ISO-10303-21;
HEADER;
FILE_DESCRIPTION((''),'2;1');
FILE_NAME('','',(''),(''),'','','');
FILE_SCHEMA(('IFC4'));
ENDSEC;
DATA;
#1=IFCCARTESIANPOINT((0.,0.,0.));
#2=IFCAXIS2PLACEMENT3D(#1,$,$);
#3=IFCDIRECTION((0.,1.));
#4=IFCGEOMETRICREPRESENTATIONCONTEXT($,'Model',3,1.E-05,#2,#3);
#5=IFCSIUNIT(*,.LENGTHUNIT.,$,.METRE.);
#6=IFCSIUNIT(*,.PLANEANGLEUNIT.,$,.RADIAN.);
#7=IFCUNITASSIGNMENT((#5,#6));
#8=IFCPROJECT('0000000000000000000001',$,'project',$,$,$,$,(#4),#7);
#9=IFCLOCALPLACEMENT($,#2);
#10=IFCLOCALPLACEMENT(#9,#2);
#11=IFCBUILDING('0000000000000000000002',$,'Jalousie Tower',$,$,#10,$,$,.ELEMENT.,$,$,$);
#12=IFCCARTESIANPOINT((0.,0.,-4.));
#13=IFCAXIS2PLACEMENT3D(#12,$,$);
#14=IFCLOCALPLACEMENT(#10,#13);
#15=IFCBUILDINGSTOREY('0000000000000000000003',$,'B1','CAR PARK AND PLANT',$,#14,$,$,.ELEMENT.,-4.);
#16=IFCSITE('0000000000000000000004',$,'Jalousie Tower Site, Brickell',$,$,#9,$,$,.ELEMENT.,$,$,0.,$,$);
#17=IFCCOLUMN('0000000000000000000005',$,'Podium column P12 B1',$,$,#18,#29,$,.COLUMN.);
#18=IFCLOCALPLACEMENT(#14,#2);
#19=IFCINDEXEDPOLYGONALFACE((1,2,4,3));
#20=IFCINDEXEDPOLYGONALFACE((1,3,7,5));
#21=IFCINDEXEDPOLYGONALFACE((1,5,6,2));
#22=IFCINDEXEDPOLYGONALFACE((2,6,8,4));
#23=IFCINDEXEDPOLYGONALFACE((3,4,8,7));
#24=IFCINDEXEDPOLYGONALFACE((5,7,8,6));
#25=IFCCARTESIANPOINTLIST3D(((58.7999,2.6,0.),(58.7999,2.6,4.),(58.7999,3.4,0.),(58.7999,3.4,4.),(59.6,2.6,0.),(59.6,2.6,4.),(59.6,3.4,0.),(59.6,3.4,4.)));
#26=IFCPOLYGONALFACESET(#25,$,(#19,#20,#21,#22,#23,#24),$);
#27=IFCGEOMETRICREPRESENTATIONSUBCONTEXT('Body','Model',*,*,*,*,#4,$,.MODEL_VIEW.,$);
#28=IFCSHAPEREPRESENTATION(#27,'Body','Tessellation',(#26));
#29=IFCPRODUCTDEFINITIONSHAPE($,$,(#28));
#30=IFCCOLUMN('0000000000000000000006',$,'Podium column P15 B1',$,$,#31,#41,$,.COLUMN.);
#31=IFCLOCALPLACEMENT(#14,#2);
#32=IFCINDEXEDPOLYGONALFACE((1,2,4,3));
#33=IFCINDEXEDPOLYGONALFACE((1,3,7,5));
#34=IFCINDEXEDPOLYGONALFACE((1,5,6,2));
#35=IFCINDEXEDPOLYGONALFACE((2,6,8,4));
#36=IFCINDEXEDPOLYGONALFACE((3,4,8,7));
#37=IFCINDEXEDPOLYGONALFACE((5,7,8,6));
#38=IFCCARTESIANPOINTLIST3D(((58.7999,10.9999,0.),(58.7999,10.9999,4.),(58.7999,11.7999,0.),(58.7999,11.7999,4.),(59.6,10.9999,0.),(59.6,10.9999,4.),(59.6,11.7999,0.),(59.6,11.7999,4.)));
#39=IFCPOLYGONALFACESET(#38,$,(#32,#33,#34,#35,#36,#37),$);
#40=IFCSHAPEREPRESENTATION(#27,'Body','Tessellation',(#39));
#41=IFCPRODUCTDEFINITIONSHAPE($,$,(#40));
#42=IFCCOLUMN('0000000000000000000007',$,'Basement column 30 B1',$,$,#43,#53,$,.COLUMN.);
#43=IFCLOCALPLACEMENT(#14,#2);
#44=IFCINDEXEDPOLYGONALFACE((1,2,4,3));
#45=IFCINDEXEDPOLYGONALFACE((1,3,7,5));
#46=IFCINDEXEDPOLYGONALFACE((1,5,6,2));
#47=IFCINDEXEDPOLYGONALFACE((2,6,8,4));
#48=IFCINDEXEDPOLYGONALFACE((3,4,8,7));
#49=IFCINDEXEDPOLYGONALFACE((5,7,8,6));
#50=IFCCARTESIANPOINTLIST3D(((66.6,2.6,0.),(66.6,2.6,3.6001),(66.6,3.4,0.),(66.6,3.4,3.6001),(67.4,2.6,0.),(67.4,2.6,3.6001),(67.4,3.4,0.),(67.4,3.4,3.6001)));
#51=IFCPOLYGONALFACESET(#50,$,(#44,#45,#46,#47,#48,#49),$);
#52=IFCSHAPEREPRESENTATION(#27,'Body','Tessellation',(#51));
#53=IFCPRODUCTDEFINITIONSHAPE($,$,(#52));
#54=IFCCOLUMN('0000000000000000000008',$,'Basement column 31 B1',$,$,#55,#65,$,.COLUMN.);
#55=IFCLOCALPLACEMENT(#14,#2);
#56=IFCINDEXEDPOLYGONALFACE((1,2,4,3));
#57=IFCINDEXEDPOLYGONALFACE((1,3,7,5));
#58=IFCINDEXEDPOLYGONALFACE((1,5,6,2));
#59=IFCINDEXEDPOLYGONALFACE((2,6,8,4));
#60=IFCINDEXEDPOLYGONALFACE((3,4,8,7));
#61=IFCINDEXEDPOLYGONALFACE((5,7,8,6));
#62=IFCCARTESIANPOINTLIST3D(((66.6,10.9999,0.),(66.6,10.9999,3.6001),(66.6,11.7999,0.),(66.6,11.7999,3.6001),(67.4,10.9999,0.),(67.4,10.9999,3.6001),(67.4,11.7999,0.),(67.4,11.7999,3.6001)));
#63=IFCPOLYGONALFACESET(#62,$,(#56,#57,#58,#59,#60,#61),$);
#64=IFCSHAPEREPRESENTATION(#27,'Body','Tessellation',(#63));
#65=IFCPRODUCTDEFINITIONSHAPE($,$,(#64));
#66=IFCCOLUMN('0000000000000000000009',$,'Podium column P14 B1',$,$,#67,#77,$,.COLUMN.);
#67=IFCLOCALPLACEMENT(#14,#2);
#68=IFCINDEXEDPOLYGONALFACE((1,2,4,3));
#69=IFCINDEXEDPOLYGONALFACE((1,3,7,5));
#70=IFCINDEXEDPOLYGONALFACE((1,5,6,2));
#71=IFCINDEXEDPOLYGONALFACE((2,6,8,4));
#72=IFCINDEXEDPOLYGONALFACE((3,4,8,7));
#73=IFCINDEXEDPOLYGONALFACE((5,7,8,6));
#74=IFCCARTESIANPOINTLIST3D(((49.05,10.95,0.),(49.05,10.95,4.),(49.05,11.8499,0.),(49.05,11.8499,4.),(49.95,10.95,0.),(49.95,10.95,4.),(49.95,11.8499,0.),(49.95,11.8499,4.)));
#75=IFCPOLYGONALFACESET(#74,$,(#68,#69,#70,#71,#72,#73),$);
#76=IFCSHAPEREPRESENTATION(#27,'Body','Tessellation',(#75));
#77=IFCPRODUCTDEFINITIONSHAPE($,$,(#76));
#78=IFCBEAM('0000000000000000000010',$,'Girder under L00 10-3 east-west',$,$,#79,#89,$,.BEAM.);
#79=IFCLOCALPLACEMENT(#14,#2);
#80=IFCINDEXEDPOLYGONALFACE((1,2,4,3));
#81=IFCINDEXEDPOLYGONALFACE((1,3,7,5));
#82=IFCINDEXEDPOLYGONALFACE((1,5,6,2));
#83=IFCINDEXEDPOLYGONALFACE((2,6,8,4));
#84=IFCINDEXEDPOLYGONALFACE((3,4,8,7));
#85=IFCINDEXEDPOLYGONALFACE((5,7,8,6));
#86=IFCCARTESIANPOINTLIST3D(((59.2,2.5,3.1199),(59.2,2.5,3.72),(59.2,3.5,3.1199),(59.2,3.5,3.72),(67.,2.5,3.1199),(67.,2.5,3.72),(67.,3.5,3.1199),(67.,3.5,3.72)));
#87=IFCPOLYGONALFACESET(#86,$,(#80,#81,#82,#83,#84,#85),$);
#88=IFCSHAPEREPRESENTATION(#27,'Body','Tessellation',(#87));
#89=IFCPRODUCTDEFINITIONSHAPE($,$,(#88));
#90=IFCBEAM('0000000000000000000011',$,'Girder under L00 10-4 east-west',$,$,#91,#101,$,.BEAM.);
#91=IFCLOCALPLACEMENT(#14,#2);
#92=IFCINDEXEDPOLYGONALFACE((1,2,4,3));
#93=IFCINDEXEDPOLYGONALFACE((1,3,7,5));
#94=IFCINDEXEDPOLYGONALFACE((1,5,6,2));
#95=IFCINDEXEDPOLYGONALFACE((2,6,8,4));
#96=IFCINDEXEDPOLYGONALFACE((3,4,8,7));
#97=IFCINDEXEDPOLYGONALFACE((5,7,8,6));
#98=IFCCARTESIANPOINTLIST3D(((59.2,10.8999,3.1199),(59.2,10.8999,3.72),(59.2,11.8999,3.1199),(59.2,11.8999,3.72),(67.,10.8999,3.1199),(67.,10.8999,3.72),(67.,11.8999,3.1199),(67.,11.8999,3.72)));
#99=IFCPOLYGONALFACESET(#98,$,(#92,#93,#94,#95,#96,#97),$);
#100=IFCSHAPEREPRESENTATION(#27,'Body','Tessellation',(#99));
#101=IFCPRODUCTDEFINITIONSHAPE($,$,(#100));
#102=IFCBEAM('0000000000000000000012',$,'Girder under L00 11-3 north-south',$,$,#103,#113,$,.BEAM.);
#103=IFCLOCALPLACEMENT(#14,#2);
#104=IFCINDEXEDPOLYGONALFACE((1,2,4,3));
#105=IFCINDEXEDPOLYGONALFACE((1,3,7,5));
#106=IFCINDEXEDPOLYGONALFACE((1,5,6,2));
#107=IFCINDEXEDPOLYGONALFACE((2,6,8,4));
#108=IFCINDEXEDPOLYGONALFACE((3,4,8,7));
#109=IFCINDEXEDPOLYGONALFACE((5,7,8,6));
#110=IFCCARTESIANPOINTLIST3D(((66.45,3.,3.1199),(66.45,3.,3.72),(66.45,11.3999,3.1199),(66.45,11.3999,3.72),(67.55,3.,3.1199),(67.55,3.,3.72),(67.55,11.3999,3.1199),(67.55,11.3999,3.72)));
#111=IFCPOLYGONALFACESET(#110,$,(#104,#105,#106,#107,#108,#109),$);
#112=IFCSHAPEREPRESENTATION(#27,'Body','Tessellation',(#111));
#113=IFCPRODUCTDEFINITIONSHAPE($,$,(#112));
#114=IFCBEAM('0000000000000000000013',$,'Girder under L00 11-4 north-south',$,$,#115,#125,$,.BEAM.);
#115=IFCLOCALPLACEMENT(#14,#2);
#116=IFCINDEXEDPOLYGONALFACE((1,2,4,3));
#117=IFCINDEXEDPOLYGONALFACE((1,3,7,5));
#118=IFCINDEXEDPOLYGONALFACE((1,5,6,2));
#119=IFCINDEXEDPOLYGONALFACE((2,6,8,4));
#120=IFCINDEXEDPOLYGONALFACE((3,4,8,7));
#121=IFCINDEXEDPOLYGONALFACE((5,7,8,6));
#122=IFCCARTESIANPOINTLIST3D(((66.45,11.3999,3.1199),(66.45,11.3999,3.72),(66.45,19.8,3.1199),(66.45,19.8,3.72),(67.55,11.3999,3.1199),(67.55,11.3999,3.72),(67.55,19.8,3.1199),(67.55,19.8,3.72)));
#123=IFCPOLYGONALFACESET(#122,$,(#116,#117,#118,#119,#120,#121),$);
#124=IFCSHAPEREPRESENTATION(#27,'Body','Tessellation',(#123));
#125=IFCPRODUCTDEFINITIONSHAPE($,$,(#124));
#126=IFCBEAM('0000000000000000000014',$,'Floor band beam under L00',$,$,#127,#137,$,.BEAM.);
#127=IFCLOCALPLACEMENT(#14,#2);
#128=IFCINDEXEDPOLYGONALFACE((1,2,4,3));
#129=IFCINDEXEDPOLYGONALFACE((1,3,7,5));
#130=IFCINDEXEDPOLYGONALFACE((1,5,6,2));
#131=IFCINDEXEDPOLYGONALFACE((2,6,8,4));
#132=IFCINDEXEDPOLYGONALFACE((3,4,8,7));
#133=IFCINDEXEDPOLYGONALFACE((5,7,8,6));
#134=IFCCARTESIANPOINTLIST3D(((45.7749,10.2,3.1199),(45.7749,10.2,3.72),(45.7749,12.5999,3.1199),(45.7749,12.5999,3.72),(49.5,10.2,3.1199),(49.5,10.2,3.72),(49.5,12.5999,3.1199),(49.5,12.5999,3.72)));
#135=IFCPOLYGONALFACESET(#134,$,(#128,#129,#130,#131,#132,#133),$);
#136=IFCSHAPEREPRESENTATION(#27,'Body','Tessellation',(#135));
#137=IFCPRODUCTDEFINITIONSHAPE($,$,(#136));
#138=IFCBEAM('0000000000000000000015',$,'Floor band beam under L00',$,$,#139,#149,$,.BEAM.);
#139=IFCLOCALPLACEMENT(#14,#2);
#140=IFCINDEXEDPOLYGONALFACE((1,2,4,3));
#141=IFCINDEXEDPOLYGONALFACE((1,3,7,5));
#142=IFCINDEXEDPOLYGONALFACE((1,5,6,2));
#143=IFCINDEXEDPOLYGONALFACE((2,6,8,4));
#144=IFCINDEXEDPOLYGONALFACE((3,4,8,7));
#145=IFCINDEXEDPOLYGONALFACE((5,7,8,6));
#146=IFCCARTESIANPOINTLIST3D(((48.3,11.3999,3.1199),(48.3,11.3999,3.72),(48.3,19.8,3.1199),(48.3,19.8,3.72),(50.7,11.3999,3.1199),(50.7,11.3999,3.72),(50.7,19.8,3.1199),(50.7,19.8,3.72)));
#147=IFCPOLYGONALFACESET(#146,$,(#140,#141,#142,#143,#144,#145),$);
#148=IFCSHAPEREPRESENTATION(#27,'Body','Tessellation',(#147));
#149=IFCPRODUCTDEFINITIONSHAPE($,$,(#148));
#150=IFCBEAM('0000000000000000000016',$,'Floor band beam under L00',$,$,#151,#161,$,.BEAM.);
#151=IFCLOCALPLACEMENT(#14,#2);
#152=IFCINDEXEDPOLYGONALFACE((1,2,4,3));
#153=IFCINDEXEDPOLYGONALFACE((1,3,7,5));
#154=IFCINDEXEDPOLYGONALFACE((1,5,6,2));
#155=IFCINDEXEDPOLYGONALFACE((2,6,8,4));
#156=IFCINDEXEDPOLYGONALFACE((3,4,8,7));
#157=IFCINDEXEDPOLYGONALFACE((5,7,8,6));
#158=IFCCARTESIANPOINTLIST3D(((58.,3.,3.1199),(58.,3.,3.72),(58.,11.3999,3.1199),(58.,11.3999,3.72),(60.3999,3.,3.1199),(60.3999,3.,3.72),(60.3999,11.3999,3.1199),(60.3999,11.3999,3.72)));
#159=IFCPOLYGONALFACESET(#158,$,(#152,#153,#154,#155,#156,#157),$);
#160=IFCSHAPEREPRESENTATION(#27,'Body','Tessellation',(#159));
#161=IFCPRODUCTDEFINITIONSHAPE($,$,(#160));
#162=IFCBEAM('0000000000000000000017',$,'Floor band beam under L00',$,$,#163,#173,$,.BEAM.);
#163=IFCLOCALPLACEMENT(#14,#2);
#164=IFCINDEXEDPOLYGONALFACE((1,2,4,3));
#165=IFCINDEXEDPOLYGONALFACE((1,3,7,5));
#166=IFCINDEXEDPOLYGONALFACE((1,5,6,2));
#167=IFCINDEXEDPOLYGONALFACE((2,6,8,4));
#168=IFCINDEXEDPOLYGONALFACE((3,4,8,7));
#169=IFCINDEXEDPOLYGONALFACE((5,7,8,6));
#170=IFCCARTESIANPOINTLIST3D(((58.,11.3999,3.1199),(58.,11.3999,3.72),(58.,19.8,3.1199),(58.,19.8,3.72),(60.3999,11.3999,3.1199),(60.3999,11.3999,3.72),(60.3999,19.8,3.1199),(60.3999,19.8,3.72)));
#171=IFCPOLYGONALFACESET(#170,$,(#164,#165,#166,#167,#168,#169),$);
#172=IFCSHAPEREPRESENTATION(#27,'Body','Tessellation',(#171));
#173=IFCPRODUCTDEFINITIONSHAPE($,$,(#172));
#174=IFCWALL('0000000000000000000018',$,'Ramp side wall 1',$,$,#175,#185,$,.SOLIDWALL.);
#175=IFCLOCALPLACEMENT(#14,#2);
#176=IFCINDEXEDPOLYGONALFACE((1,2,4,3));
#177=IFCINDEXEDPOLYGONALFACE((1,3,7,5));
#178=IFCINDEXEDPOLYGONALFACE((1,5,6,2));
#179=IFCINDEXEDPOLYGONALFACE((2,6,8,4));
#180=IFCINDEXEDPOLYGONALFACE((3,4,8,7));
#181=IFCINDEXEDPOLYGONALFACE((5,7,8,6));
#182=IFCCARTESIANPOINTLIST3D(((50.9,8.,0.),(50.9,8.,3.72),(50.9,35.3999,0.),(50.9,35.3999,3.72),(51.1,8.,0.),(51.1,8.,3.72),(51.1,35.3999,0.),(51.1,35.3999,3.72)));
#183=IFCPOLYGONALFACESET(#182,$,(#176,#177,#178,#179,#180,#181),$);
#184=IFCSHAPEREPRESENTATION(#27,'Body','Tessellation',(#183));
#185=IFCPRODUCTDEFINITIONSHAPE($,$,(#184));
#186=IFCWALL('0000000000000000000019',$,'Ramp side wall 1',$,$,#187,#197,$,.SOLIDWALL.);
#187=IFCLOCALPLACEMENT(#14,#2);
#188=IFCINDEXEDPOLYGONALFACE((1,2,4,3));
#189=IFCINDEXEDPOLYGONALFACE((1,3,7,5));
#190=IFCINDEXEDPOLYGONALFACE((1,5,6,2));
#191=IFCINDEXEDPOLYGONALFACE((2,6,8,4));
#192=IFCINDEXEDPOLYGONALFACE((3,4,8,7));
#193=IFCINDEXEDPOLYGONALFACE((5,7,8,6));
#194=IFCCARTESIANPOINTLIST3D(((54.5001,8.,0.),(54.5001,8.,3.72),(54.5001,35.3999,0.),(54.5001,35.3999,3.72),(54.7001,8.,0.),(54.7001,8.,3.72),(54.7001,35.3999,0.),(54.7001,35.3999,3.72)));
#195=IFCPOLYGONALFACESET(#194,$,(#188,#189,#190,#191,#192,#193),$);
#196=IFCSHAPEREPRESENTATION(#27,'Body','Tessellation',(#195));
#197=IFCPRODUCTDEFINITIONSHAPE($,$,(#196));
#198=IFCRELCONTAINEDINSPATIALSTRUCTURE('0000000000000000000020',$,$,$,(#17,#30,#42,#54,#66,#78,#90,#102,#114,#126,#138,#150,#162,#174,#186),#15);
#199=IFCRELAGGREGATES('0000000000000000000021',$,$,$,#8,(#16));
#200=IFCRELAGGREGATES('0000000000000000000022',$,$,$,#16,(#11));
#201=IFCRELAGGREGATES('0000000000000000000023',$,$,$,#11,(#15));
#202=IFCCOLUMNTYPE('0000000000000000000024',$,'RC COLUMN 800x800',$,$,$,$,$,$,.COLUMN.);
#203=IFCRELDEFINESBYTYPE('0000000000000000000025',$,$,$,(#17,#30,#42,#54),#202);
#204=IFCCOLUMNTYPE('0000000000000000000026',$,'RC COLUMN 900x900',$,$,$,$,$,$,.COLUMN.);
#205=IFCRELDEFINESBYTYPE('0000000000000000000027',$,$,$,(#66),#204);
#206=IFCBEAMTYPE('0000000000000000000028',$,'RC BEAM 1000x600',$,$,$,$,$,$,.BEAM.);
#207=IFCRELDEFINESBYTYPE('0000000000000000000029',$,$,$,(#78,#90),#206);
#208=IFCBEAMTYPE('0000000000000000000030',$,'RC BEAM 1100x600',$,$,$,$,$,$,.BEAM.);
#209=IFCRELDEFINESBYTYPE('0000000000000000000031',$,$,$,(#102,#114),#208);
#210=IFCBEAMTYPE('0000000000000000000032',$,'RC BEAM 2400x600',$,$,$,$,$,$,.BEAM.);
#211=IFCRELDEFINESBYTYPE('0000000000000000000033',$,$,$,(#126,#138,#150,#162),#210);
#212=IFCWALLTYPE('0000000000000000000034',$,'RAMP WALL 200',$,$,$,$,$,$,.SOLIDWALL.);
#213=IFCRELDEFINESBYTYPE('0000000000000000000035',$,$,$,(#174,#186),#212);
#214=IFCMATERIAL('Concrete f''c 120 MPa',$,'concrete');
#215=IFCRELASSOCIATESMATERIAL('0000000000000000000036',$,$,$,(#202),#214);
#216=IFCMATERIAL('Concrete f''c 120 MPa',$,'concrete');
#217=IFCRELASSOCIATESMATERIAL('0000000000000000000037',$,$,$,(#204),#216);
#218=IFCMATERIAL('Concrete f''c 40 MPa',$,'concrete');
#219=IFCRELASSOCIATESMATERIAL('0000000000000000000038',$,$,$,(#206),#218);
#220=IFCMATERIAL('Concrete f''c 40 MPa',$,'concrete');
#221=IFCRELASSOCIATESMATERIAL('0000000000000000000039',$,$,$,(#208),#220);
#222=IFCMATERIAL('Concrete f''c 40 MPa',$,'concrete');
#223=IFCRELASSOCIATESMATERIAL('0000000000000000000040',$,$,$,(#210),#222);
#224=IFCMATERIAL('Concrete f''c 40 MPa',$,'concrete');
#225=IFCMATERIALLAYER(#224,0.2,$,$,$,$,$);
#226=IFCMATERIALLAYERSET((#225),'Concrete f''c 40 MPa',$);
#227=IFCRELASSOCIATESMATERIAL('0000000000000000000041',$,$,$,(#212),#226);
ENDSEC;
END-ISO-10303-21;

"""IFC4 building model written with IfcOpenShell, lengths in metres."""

from ifc_helpers import new_model, si_unit, direction, frame, frame_2d, origin, origin_2d, place, context, subcontext, project, spatial, rectangle, extrude, material, layer, layer_set, material_profile, profile_set, type_object, element, save


model = new_model("IFC4")

# Units and contexts
model_context = context("Model", 3, precision=1e-05, world=origin(), true_north=direction((0.0, 1.0)))
body_context = subcontext(model_context, "Body", "Model", "MODEL_VIEW")
ifc_project = project(units=[si_unit("LENGTHUNIT", "METRE"), si_unit("PLANEANGLEUNIT", "RADIAN")], contexts=[model_context])

# Site, building, storey
site_placement = place(None, origin())
site = spatial("IfcSite", under=ifc_project, at=site_placement, Name="Jalousie Tower Site, Brickell", CompositionType="ELEMENT", RefElevation=0.0)
building_placement = place(site_placement, origin())
building = spatial("IfcBuilding", under=site, at=building_placement, Name="Jalousie Tower", CompositionType="ELEMENT")
storey_placement = place(building_placement, frame((0.0, 0.0, -4.0)))
storey = spatial("IfcBuildingStorey", under=building, at=storey_placement, Name="B1", Description="CAR PARK AND PLANT", CompositionType="ELEMENT", Elevation=-4.0)

# Columns
ifc_material_1 = material(Name="Concrete f'c 120 MPa", Category="concrete")
ifc_material_profile_1 = material_profile(ifc_material_1, rectangle(XDim=0.8, YDim=0.8, at=origin_2d()), Name="RC 800x800")
ifc_profile_set_1 = profile_set([ifc_material_profile_1], Name="Concrete f'c 120 MPa")
column_type_1 = type_object("IfcColumnType", Name="RC COLUMN 800x800", PredefinedType="COLUMN", material=ifc_profile_set_1)
for number, where, z_axis, x_axis, name in (
    (1, (59.2, 3.0, 0.0), (0.0, 0.0, 1.0), (1.0, 0.0, 0.0), "Podium column P12 B1"),
    (2, (59.2, 11.3999, 0.0), (0.0, 0.0, 1.0), (1.0, 0.0, 0.0), "Podium column P15 B1"),
):
    element("IfcColumn", number, at=place(storey_placement, frame(where, z_axis=z_axis, x_axis=x_axis)), inside=storey, type_object=column_type_1, Name=name, PredefinedType="COLUMN", context=body_context, shape_type="SweptSolid", body=[
        extrude(rectangle(XDim=0.8, YDim=0.8, at=origin_2d()), origin(), (0.0, 0.0, 1.0), 4.0),
    ])
for number, where, z_axis, x_axis, name in (
    (3, (67.0, 3.0, 0.0), (0.0, 0.0, 1.0), (1.0, 0.0, 0.0), "Basement column 30 B1"),
    (4, (67.0, 11.3999, 0.0), (0.0, 0.0, 1.0), (1.0, 0.0, 0.0), "Basement column 31 B1"),
):
    element("IfcColumn", number, at=place(storey_placement, frame(where, z_axis=z_axis, x_axis=x_axis)), inside=storey, type_object=column_type_1, Name=name, PredefinedType="COLUMN", context=body_context, shape_type="SweptSolid", body=[
        extrude(rectangle(XDim=0.8, YDim=0.8, at=origin_2d()), origin(), (0.0, 0.0, 1.0), 3.6001),
    ])
ifc_material_2 = material(Name="Concrete f'c 120 MPa", Category="concrete")
ifc_material_profile_2 = material_profile(ifc_material_2, rectangle(XDim=0.8999, YDim=0.8999, at=origin_2d()), Name="RC 900x900")
ifc_profile_set_2 = profile_set([ifc_material_profile_2], Name="Concrete f'c 120 MPa")
column_type_2 = type_object("IfcColumnType", Name="RC COLUMN 900x900", PredefinedType="COLUMN", material=ifc_profile_set_2)
column_placement = place(storey_placement, frame((49.5, 11.3999, 0.0), z_axis=(0.0, 0.0, 1.0), x_axis=(1.0, 0.0, 0.0)))
element("IfcColumn", 5, at=column_placement, inside=storey, type_object=column_type_2, Name="Podium column P14 B1", PredefinedType="COLUMN", context=body_context, shape_type="SweptSolid", body=[
    extrude(rectangle(XDim=0.8999, YDim=0.8999, at=origin_2d()), origin(), (0.0, 0.0, 1.0), 4.0),
])

# Beams
ifc_material_3 = material(Name="Concrete f'c 40 MPa", Category="concrete")
ifc_material_profile_3 = material_profile(ifc_material_3, rectangle(XDim=1.0, YDim=0.6001, at=origin_2d()), Name="RC 1000x600")
ifc_profile_set_3 = profile_set([ifc_material_profile_3], Name="Concrete f'c 40 MPa")
beam_type_1 = type_object("IfcBeamType", Name="RC BEAM 1000x600", PredefinedType="BEAM", material=ifc_profile_set_3)
for number, where, z_axis, x_axis, name in (
    (6, (59.2, 3.0, 3.4199), (1.0, 0.0, 0.0), (0.0, 1.0, 0.0), "Girder under L00 10-3 east-west"),
    (7, (59.2, 11.3999, 3.4199), (1.0, 0.0, 0.0), (0.0, 1.0, 0.0), "Girder under L00 10-4 east-west"),
):
    element("IfcBeam", number, at=place(storey_placement, frame(where, z_axis=z_axis, x_axis=x_axis)), inside=storey, type_object=beam_type_1, Name=name, PredefinedType="BEAM", context=body_context, shape_type="SweptSolid", body=[
        extrude(rectangle(XDim=1.0, YDim=0.6001, at=origin_2d()), origin(), (0.0, 0.0, 1.0), 7.8),
    ])
ifc_material_4 = material(Name="Concrete f'c 40 MPa", Category="concrete")
ifc_material_profile_4 = material_profile(ifc_material_4, rectangle(XDim=1.1001, YDim=0.6001, at=origin_2d()), Name="RC 1100x600")
ifc_profile_set_4 = profile_set([ifc_material_profile_4], Name="Concrete f'c 40 MPa")
beam_type_2 = type_object("IfcBeamType", Name="RC BEAM 1100x600", PredefinedType="BEAM", material=ifc_profile_set_4)
beam_1_placement = place(storey_placement, frame((67.0, 3.0, 3.4199), z_axis=(0.0, 1.0, 0.0), x_axis=(-1.0, 0.0, 0.0)))
element("IfcBeam", 8, at=beam_1_placement, inside=storey, type_object=beam_type_2, Name="Girder under L00 11-3 north-south", PredefinedType="BEAM", context=body_context, shape_type="SweptSolid", body=[
    extrude(rectangle(XDim=1.1001, YDim=0.6001, at=origin_2d()), origin(), (0.0, 0.0, 1.0), 8.3999),
])
beam_2_placement = place(storey_placement, frame((67.0, 11.3999, 3.4199), z_axis=(0.0, 1.0, 0.0), x_axis=(-1.0, 0.0, 0.0)))
element("IfcBeam", 9, at=beam_2_placement, inside=storey, type_object=beam_type_2, Name="Girder under L00 11-4 north-south", PredefinedType="BEAM", context=body_context, shape_type="SweptSolid", body=[
    extrude(rectangle(XDim=1.1001, YDim=0.6001, at=origin_2d()), origin(), (0.0, 0.0, 1.0), 8.4001),
])
ifc_material_5 = material(Name="Concrete f'c 40 MPa", Category="concrete")
ifc_material_profile_5 = material_profile(ifc_material_5, rectangle(XDim=2.3999, YDim=0.6001, at=origin_2d()), Name="RC 2400x600")
ifc_profile_set_5 = profile_set([ifc_material_profile_5], Name="Concrete f'c 40 MPa")
beam_type_3 = type_object("IfcBeamType", Name="RC BEAM 2400x600", PredefinedType="BEAM", material=ifc_profile_set_5)
beam_3_placement = place(storey_placement, frame((49.5, 11.3999, 3.4199), z_axis=(-1.0, 0.0, 0.0), x_axis=(0.0, -1.0, 0.0)))
element("IfcBeam", 10, at=beam_3_placement, inside=storey, type_object=beam_type_3, Name="Floor band beam under L00", PredefinedType="BEAM", context=body_context, shape_type="SweptSolid", body=[
    extrude(rectangle(XDim=2.3999, YDim=0.6001, at=origin_2d()), origin(), (0.0, 0.0, 1.0), 3.7251),
])
beam_4_placement = place(storey_placement, frame((49.5, 11.3999, 3.4199), z_axis=(0.0, 1.0, 0.0), x_axis=(-1.0, 0.0, 0.0)))
element("IfcBeam", 11, at=beam_4_placement, inside=storey, type_object=beam_type_3, Name="Floor band beam under L00", PredefinedType="BEAM", context=body_context, shape_type="SweptSolid", body=[
    extrude(rectangle(XDim=2.3999, YDim=0.6001, at=origin_2d()), origin(), (0.0, 0.0, 1.0), 8.4001),
])
beam_5_placement = place(storey_placement, frame((59.2, 3.0, 3.4199), z_axis=(0.0, 1.0, 0.0), x_axis=(-1.0, 0.0, 0.0)))
element("IfcBeam", 12, at=beam_5_placement, inside=storey, type_object=beam_type_3, Name="Floor band beam under L00", PredefinedType="BEAM", context=body_context, shape_type="SweptSolid", body=[
    extrude(rectangle(XDim=2.3999, YDim=0.6001, at=origin_2d()), origin(), (0.0, 0.0, 1.0), 8.3999),
])
beam_6_placement = place(storey_placement, frame((59.2, 11.3999, 3.4199), z_axis=(0.0, 1.0, 0.0), x_axis=(-1.0, 0.0, 0.0)))
element("IfcBeam", 13, at=beam_6_placement, inside=storey, type_object=beam_type_3, Name="Floor band beam under L00", PredefinedType="BEAM", context=body_context, shape_type="SweptSolid", body=[
    extrude(rectangle(XDim=2.3999, YDim=0.6001, at=origin_2d()), origin(), (0.0, 0.0, 1.0), 8.4001),
])

# Walls
ifc_material_6 = material(Name="Concrete f'c 40 MPa", Category="concrete")
ifc_layer = layer(ifc_material_6, 0.2)
ifc_layer_set = layer_set([ifc_layer], Name="Concrete f'c 40 MPa")
wall_type_1 = type_object("IfcWallType", Name="RAMP WALL 200", PredefinedType="SOLIDWALL", material=ifc_layer_set)
for number, where, z_axis, x_axis, name in (
    (14, (51.0, 8.0, 0.0), (0.0, 0.0, 1.0), (0.0, 1.0, 0.0), "Ramp side wall 1"),
    (15, (54.6001, 8.0, 0.0), (0.0, 0.0, 1.0), (0.0, 1.0, 0.0), "Ramp side wall 1"),
):
    element("IfcWall", number, at=place(storey_placement, frame(where, z_axis=z_axis, x_axis=x_axis)), inside=storey, type_object=wall_type_1, Name=name, PredefinedType="SOLIDWALL", context=body_context, shape_type="SweptSolid", body=[
        extrude(rectangle(XDim=27.3999, YDim=0.2, at=frame_2d((13.7, 0.0))), origin(), (0.0, 0.0, 1.0), 3.72),
    ])

save(model, "model.ifc")
